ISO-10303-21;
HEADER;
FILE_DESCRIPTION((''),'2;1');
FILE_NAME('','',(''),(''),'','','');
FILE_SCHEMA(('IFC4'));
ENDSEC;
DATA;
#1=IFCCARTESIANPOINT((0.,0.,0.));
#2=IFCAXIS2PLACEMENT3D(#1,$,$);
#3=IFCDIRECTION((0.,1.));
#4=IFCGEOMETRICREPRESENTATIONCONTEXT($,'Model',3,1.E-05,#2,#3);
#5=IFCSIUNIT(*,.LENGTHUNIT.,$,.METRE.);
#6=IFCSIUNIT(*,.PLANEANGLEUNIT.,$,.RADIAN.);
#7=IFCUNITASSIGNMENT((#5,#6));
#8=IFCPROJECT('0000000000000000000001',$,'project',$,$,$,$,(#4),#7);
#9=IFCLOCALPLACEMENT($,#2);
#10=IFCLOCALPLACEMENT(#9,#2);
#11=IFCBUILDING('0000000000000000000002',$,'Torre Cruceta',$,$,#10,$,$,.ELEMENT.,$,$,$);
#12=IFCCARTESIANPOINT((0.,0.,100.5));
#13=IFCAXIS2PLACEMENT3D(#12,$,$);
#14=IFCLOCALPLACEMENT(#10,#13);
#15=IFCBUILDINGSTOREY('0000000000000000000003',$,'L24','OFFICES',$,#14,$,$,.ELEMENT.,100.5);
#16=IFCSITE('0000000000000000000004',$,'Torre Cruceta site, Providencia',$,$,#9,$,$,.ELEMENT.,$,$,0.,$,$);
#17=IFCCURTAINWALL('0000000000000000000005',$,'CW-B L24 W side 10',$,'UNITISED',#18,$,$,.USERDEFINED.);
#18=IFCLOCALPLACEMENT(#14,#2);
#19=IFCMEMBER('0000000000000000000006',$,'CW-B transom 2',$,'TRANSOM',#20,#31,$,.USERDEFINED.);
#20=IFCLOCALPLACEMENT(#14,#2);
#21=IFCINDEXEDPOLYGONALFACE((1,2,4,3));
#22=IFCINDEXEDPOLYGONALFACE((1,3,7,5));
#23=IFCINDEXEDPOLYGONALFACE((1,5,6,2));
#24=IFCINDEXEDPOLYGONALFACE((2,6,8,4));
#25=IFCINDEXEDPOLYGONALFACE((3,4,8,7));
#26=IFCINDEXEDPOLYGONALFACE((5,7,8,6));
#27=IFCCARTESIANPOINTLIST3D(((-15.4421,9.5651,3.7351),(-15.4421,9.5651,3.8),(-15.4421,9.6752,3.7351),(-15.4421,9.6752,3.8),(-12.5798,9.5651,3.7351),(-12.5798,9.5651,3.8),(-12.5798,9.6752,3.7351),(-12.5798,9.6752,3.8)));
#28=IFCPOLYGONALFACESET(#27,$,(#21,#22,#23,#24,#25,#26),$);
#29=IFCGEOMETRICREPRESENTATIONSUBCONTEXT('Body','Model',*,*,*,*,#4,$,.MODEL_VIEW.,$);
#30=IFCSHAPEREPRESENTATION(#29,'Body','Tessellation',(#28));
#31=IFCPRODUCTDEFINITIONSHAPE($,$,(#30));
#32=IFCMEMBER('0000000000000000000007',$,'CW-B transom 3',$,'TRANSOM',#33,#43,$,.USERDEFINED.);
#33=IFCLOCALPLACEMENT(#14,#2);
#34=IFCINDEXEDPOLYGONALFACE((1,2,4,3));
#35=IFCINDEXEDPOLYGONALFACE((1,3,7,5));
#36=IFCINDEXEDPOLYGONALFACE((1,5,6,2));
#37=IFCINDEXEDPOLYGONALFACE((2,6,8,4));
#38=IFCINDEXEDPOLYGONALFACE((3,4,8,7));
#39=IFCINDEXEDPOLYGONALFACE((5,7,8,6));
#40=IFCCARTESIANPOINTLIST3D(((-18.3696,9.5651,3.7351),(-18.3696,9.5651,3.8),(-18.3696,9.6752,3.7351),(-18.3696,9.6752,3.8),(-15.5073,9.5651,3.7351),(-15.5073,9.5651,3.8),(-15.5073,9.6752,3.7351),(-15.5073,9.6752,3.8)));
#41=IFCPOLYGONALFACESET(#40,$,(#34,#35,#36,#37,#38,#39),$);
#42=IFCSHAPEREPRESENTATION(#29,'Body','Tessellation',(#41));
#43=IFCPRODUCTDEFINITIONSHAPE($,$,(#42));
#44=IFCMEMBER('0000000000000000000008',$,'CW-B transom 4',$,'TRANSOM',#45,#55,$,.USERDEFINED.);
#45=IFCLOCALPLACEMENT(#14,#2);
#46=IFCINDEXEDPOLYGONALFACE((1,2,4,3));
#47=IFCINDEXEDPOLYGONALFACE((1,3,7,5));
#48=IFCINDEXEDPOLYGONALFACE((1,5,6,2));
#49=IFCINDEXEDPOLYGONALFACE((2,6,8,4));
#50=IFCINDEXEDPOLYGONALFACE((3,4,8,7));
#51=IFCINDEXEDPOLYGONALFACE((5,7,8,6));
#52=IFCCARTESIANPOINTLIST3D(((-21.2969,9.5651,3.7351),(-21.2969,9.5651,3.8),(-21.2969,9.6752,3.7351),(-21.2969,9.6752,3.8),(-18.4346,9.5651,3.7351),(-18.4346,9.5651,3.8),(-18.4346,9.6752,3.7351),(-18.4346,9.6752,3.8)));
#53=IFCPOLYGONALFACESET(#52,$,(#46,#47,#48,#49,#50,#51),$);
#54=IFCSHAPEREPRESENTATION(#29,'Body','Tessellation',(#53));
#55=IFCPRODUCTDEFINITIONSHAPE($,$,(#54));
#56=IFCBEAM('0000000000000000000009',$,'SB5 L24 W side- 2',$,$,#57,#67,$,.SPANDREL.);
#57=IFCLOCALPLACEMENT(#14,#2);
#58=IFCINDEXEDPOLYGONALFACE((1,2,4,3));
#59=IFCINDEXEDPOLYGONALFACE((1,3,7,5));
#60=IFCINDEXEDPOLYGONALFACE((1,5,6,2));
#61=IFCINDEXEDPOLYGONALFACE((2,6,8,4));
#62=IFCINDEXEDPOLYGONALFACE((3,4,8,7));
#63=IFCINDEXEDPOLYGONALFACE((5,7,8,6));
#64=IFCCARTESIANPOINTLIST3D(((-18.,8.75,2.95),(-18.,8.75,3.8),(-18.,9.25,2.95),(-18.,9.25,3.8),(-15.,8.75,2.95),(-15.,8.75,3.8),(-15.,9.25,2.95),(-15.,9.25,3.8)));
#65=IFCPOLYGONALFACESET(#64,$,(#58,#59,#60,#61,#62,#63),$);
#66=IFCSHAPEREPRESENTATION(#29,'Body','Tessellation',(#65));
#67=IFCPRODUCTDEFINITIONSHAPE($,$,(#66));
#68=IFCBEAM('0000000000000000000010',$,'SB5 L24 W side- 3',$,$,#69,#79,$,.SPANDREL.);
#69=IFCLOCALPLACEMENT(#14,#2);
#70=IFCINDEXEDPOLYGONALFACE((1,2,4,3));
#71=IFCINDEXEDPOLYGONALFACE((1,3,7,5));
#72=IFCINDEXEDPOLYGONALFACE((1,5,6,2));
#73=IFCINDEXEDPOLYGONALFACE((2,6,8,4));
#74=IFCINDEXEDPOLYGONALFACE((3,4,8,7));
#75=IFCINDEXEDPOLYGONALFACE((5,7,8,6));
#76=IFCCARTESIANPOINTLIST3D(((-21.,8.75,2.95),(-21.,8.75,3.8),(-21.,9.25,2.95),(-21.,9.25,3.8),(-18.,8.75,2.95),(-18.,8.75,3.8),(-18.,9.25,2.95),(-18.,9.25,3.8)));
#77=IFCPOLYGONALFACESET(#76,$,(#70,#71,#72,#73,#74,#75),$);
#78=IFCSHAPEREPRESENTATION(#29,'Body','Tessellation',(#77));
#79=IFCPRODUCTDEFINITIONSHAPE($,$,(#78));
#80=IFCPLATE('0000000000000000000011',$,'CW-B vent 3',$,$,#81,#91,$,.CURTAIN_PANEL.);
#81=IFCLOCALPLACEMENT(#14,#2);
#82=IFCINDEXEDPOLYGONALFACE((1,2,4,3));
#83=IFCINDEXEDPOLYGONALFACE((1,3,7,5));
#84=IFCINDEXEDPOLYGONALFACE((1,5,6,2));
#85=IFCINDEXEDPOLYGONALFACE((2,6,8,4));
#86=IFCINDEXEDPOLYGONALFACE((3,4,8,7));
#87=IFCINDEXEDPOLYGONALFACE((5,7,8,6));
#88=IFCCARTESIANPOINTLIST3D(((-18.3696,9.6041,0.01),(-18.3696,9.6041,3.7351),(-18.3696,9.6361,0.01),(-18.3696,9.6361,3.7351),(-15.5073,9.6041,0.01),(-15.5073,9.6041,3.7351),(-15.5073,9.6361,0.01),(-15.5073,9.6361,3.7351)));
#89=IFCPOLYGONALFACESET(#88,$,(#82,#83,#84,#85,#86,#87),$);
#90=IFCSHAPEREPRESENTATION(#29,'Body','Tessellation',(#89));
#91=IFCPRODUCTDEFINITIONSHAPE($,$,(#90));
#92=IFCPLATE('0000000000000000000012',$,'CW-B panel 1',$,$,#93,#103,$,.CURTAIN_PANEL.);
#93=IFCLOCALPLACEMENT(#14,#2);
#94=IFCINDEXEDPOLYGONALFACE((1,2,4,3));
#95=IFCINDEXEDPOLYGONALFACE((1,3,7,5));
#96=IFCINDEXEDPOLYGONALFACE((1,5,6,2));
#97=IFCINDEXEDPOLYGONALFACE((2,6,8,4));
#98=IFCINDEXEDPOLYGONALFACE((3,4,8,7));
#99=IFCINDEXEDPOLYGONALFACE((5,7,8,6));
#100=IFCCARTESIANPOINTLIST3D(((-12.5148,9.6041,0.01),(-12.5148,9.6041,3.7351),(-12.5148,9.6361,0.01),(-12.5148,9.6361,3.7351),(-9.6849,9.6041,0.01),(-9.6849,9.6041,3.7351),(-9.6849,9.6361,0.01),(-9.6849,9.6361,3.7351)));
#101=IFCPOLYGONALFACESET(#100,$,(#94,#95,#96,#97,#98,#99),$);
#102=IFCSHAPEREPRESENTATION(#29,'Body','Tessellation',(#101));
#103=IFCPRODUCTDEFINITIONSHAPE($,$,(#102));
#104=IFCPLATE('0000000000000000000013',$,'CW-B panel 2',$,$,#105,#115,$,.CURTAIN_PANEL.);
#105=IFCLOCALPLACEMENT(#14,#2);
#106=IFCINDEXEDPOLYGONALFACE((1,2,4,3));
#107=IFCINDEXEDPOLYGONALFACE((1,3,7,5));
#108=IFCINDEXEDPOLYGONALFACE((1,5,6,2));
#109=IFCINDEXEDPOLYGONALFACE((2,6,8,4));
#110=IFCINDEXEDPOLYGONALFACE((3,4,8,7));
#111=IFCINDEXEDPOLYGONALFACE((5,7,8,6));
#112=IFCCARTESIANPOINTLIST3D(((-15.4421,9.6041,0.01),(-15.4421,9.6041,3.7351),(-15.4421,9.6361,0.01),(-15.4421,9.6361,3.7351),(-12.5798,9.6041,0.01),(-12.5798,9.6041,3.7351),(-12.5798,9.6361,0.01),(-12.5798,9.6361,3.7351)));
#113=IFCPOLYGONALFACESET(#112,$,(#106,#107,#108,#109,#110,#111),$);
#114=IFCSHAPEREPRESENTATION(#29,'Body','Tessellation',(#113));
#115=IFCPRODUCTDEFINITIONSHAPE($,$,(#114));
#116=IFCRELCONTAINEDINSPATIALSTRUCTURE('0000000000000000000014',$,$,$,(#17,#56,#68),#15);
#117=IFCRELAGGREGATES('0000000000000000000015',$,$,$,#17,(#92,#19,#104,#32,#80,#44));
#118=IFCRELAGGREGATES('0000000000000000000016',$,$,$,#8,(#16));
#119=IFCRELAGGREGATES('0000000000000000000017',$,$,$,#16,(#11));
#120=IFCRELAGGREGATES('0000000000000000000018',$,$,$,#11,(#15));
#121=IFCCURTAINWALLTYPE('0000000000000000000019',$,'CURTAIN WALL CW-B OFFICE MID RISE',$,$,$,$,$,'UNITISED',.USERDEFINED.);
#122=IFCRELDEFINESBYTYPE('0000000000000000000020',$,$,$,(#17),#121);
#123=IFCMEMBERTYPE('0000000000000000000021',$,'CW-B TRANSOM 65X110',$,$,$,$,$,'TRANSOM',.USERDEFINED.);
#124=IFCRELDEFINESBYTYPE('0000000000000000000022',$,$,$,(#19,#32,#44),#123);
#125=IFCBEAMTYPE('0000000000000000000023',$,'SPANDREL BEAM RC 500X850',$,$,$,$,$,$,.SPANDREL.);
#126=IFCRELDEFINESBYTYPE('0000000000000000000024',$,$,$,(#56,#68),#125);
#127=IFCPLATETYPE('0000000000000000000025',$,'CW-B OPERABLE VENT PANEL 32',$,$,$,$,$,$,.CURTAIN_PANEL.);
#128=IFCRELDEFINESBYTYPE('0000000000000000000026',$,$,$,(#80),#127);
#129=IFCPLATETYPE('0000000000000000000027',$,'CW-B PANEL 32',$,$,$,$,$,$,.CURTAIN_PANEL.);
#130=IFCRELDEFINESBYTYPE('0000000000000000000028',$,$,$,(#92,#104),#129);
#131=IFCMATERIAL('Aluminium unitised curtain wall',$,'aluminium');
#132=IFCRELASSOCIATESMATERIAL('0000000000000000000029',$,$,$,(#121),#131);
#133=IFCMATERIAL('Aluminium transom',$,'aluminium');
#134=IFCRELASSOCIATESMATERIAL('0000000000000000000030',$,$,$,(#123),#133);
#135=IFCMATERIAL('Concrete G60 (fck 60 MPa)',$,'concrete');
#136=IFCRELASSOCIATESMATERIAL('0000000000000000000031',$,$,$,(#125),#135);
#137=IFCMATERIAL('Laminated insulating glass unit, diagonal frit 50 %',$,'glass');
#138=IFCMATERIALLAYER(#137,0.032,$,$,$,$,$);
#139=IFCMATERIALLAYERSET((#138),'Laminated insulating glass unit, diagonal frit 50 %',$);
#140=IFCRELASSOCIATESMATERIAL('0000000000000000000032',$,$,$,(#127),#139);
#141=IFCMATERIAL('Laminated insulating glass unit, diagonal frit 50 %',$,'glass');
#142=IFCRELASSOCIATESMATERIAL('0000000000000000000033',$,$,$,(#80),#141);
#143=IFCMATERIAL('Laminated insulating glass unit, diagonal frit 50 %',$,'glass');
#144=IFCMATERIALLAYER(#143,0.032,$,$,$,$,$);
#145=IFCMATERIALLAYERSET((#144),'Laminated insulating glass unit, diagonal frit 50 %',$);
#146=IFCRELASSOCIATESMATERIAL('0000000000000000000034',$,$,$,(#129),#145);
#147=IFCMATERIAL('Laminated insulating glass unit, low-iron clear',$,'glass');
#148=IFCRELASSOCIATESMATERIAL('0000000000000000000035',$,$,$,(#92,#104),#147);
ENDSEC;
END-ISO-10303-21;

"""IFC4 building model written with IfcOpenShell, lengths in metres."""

from ifc_helpers import new_model, si_unit, direction, frame, origin, origin_2d, place, context, subcontext, project, spatial, rectangle, extrude, material, layer, layer_set, material_profile, profile_set, type_object, element, aggregate, save


model = new_model("IFC4")

# Units and contexts
model_context = context("Model", 3, precision=1e-05, world=origin(), true_north=direction((0.0, 1.0)))
body_context = subcontext(model_context, "Body", "Model", "MODEL_VIEW")
ifc_project = project(units=[si_unit("LENGTHUNIT", "METRE"), si_unit("PLANEANGLEUNIT", "RADIAN")], contexts=[model_context])

# Site, building, storey
site_placement = place(None, origin())
site = spatial("IfcSite", under=ifc_project, at=site_placement, Name="Torre Cruceta site, Providencia", CompositionType="ELEMENT", RefElevation=0.0)
building_placement = place(site_placement, origin())
building = spatial("IfcBuilding", under=site, at=building_placement, Name="Torre Cruceta", CompositionType="ELEMENT")
storey_placement = place(building_placement, frame((0.0, 0.0, 100.5)))
storey = spatial("IfcBuildingStorey", under=building, at=storey_placement, Name="L24", Description="OFFICES", CompositionType="ELEMENT", Elevation=100.5)

# Curtain wall, members
ifc_material_1 = material(Name="Aluminium unitised curtain wall", Category="aluminium")
curtain_wall_type = type_object("IfcCurtainWallType", Name="CURTAIN WALL CW-B OFFICE MID RISE", ElementType="UNITISED", PredefinedType="USERDEFINED", material=ifc_material_1)
curtain_wall_placement = place(storey_placement, origin())
curtain_wall = element("IfcCurtainWall", 1, at=curtain_wall_placement, inside=storey, type_object=curtain_wall_type, Name="CW-B L24 W side 10", ObjectType="UNITISED", PredefinedType="USERDEFINED")
ifc_material_2 = material(Name="Aluminium transom", Category="aluminium")
ifc_material_profile_1 = material_profile(ifc_material_2, rectangle(XDim=0.1101, YDim=0.0649, at=origin_2d()), Name="AL 110X65")
ifc_profile_set_1 = profile_set([ifc_material_profile_1], Name="Aluminium transom")
member_type_1 = type_object("IfcMemberType", Name="CW-B TRANSOM 65X110", ElementType="TRANSOM", PredefinedType="USERDEFINED", material=ifc_profile_set_1)
member_1_placement = place(storey_placement, frame((-12.5798, 9.6201, 3.7676), z_axis=(-1.0, 0.0, 0.0), x_axis=(0.0, -1.0, 0.0)))
member_1 = element("IfcMember", 2, at=member_1_placement, type_object=member_type_1, Name="CW-B transom 2", ObjectType="TRANSOM", PredefinedType="USERDEFINED", context=body_context, shape_type="SweptSolid", body=[
    extrude(rectangle(XDim=0.1101, YDim=0.0649, at=origin_2d()), origin(), (0.0, 0.0, 1.0), 2.8623),
])
member_2_placement = place(storey_placement, frame((-15.5073, 9.6201, 3.7676), z_axis=(-1.0, 0.0, 0.0), x_axis=(0.0, -1.0, 0.0)))
member_2 = element("IfcMember", 3, at=member_2_placement, type_object=member_type_1, Name="CW-B transom 3", ObjectType="TRANSOM", PredefinedType="USERDEFINED", context=body_context, shape_type="SweptSolid", body=[
    extrude(rectangle(XDim=0.1101, YDim=0.0649, at=origin_2d()), origin(), (0.0, 0.0, 1.0), 2.8623),
])
member_3_placement = place(storey_placement, frame((-18.4346, 9.6201, 3.7676), z_axis=(-1.0, 0.0, 0.0), x_axis=(0.0, -1.0, 0.0)))
member_3 = element("IfcMember", 4, at=member_3_placement, type_object=member_type_1, Name="CW-B transom 4", ObjectType="TRANSOM", PredefinedType="USERDEFINED", context=body_context, shape_type="SweptSolid", body=[
    extrude(rectangle(XDim=0.1101, YDim=0.0649, at=origin_2d()), origin(), (0.0, 0.0, 1.0), 2.8623),
])

# Beams
ifc_material_3 = material(Name="Concrete G60 (fck 60 MPa)", Category="concrete")
ifc_material_profile_2 = material_profile(ifc_material_3, rectangle(XDim=0.5, YDim=0.8501, at=origin_2d()), Name="RC 500X850")
ifc_profile_set_2 = profile_set([ifc_material_profile_2], Name="Concrete G60 (fck 60 MPa)")
beam_type_1 = type_object("IfcBeamType", Name="SPANDREL BEAM RC 500X850", PredefinedType="SPANDREL", material=ifc_profile_set_2)
for number, where, z_axis, x_axis, name in (
    (5, (-15.0, 9.0, 3.375), (-1.0, 0.0, 0.0), (0.0, -1.0, 0.0), "SB5 L24 W side- 2"),
    (6, (-18.0, 9.0, 3.375), (-1.0, 0.0, 0.0), (0.0, -1.0, 0.0), "SB5 L24 W side- 3"),
):
    element("IfcBeam", number, at=place(storey_placement, frame(where, z_axis=z_axis, x_axis=x_axis)), inside=storey, type_object=beam_type_1, Name=name, PredefinedType="SPANDREL", context=body_context, shape_type="SweptSolid", body=[
        extrude(rectangle(XDim=0.5, YDim=0.8501, at=origin_2d()), origin(), (0.0, 0.0, 1.0), 3.0),
    ])

# Plates
ifc_material_4 = material(Name="Laminated insulating glass unit, diagonal frit 50 %", Category="glass")
ifc_material_5 = material(Name="Laminated insulating glass unit, diagonal frit 50 %", Category="glass")
ifc_layer_1 = layer(ifc_material_5, 0.032)
ifc_layer_set_1 = layer_set([ifc_layer_1], Name="Laminated insulating glass unit, diagonal frit 50 %")
plate_type_1 = type_object("IfcPlateType", Name="CW-B OPERABLE VENT PANEL 32", PredefinedType="CURTAIN_PANEL", material=ifc_layer_set_1)
plate_1_placement = place(storey_placement, frame((-16.9385, 9.6201, 0.01), z_axis=(0.0, 0.0, 1.0), x_axis=(-1.0, 0.0, 0.0)))
plate_1 = element("IfcPlate", 7, at=plate_1_placement, type_object=plate_type_1, material=ifc_material_4, Name="CW-B vent 3", PredefinedType="CURTAIN_PANEL", context=body_context, shape_type="SweptSolid", body=[
    extrude(rectangle(XDim=2.8623, YDim=0.032, at=origin_2d()), origin(), (0.0, 0.0, 1.0), 3.7251),
])
ifc_material_6 = material(Name="Laminated insulating glass unit, low-iron clear", Category="glass")
ifc_material_7 = material(Name="Laminated insulating glass unit, diagonal frit 50 %", Category="glass")
ifc_layer_2 = layer(ifc_material_7, 0.032)
ifc_layer_set_2 = layer_set([ifc_layer_2], Name="Laminated insulating glass unit, diagonal frit 50 %")
plate_type_2 = type_object("IfcPlateType", Name="CW-B PANEL 32", PredefinedType="CURTAIN_PANEL", material=ifc_layer_set_2)
plate_2_placement = place(storey_placement, frame((-11.0999, 9.6201, 0.01), z_axis=(0.0, 0.0, 1.0), x_axis=(-1.0, 0.0, 0.0)))
plate_2 = element("IfcPlate", 8, at=plate_2_placement, type_object=plate_type_2, material=ifc_material_6, Name="CW-B panel 1", PredefinedType="CURTAIN_PANEL", context=body_context, shape_type="SweptSolid", body=[
    extrude(rectangle(XDim=2.8298, YDim=0.032, at=origin_2d()), origin(), (0.0, 0.0, 1.0), 3.7251),
])
plate_3_placement = place(storey_placement, frame((-14.011, 9.6201, 0.01), z_axis=(0.0, 0.0, 1.0), x_axis=(-1.0, 0.0, 0.0)))
plate_3 = element("IfcPlate", 9, at=plate_3_placement, type_object=plate_type_2, material=ifc_material_6, Name="CW-B panel 2", PredefinedType="CURTAIN_PANEL", context=body_context, shape_type="SweptSolid", body=[
    extrude(rectangle(XDim=2.8623, YDim=0.032, at=origin_2d()), origin(), (0.0, 0.0, 1.0), 3.7251),
])
aggregate(curtain_wall, [plate_2, member_1, plate_3, member_2, plate_1, member_3])

save(model, "model.ifc")
